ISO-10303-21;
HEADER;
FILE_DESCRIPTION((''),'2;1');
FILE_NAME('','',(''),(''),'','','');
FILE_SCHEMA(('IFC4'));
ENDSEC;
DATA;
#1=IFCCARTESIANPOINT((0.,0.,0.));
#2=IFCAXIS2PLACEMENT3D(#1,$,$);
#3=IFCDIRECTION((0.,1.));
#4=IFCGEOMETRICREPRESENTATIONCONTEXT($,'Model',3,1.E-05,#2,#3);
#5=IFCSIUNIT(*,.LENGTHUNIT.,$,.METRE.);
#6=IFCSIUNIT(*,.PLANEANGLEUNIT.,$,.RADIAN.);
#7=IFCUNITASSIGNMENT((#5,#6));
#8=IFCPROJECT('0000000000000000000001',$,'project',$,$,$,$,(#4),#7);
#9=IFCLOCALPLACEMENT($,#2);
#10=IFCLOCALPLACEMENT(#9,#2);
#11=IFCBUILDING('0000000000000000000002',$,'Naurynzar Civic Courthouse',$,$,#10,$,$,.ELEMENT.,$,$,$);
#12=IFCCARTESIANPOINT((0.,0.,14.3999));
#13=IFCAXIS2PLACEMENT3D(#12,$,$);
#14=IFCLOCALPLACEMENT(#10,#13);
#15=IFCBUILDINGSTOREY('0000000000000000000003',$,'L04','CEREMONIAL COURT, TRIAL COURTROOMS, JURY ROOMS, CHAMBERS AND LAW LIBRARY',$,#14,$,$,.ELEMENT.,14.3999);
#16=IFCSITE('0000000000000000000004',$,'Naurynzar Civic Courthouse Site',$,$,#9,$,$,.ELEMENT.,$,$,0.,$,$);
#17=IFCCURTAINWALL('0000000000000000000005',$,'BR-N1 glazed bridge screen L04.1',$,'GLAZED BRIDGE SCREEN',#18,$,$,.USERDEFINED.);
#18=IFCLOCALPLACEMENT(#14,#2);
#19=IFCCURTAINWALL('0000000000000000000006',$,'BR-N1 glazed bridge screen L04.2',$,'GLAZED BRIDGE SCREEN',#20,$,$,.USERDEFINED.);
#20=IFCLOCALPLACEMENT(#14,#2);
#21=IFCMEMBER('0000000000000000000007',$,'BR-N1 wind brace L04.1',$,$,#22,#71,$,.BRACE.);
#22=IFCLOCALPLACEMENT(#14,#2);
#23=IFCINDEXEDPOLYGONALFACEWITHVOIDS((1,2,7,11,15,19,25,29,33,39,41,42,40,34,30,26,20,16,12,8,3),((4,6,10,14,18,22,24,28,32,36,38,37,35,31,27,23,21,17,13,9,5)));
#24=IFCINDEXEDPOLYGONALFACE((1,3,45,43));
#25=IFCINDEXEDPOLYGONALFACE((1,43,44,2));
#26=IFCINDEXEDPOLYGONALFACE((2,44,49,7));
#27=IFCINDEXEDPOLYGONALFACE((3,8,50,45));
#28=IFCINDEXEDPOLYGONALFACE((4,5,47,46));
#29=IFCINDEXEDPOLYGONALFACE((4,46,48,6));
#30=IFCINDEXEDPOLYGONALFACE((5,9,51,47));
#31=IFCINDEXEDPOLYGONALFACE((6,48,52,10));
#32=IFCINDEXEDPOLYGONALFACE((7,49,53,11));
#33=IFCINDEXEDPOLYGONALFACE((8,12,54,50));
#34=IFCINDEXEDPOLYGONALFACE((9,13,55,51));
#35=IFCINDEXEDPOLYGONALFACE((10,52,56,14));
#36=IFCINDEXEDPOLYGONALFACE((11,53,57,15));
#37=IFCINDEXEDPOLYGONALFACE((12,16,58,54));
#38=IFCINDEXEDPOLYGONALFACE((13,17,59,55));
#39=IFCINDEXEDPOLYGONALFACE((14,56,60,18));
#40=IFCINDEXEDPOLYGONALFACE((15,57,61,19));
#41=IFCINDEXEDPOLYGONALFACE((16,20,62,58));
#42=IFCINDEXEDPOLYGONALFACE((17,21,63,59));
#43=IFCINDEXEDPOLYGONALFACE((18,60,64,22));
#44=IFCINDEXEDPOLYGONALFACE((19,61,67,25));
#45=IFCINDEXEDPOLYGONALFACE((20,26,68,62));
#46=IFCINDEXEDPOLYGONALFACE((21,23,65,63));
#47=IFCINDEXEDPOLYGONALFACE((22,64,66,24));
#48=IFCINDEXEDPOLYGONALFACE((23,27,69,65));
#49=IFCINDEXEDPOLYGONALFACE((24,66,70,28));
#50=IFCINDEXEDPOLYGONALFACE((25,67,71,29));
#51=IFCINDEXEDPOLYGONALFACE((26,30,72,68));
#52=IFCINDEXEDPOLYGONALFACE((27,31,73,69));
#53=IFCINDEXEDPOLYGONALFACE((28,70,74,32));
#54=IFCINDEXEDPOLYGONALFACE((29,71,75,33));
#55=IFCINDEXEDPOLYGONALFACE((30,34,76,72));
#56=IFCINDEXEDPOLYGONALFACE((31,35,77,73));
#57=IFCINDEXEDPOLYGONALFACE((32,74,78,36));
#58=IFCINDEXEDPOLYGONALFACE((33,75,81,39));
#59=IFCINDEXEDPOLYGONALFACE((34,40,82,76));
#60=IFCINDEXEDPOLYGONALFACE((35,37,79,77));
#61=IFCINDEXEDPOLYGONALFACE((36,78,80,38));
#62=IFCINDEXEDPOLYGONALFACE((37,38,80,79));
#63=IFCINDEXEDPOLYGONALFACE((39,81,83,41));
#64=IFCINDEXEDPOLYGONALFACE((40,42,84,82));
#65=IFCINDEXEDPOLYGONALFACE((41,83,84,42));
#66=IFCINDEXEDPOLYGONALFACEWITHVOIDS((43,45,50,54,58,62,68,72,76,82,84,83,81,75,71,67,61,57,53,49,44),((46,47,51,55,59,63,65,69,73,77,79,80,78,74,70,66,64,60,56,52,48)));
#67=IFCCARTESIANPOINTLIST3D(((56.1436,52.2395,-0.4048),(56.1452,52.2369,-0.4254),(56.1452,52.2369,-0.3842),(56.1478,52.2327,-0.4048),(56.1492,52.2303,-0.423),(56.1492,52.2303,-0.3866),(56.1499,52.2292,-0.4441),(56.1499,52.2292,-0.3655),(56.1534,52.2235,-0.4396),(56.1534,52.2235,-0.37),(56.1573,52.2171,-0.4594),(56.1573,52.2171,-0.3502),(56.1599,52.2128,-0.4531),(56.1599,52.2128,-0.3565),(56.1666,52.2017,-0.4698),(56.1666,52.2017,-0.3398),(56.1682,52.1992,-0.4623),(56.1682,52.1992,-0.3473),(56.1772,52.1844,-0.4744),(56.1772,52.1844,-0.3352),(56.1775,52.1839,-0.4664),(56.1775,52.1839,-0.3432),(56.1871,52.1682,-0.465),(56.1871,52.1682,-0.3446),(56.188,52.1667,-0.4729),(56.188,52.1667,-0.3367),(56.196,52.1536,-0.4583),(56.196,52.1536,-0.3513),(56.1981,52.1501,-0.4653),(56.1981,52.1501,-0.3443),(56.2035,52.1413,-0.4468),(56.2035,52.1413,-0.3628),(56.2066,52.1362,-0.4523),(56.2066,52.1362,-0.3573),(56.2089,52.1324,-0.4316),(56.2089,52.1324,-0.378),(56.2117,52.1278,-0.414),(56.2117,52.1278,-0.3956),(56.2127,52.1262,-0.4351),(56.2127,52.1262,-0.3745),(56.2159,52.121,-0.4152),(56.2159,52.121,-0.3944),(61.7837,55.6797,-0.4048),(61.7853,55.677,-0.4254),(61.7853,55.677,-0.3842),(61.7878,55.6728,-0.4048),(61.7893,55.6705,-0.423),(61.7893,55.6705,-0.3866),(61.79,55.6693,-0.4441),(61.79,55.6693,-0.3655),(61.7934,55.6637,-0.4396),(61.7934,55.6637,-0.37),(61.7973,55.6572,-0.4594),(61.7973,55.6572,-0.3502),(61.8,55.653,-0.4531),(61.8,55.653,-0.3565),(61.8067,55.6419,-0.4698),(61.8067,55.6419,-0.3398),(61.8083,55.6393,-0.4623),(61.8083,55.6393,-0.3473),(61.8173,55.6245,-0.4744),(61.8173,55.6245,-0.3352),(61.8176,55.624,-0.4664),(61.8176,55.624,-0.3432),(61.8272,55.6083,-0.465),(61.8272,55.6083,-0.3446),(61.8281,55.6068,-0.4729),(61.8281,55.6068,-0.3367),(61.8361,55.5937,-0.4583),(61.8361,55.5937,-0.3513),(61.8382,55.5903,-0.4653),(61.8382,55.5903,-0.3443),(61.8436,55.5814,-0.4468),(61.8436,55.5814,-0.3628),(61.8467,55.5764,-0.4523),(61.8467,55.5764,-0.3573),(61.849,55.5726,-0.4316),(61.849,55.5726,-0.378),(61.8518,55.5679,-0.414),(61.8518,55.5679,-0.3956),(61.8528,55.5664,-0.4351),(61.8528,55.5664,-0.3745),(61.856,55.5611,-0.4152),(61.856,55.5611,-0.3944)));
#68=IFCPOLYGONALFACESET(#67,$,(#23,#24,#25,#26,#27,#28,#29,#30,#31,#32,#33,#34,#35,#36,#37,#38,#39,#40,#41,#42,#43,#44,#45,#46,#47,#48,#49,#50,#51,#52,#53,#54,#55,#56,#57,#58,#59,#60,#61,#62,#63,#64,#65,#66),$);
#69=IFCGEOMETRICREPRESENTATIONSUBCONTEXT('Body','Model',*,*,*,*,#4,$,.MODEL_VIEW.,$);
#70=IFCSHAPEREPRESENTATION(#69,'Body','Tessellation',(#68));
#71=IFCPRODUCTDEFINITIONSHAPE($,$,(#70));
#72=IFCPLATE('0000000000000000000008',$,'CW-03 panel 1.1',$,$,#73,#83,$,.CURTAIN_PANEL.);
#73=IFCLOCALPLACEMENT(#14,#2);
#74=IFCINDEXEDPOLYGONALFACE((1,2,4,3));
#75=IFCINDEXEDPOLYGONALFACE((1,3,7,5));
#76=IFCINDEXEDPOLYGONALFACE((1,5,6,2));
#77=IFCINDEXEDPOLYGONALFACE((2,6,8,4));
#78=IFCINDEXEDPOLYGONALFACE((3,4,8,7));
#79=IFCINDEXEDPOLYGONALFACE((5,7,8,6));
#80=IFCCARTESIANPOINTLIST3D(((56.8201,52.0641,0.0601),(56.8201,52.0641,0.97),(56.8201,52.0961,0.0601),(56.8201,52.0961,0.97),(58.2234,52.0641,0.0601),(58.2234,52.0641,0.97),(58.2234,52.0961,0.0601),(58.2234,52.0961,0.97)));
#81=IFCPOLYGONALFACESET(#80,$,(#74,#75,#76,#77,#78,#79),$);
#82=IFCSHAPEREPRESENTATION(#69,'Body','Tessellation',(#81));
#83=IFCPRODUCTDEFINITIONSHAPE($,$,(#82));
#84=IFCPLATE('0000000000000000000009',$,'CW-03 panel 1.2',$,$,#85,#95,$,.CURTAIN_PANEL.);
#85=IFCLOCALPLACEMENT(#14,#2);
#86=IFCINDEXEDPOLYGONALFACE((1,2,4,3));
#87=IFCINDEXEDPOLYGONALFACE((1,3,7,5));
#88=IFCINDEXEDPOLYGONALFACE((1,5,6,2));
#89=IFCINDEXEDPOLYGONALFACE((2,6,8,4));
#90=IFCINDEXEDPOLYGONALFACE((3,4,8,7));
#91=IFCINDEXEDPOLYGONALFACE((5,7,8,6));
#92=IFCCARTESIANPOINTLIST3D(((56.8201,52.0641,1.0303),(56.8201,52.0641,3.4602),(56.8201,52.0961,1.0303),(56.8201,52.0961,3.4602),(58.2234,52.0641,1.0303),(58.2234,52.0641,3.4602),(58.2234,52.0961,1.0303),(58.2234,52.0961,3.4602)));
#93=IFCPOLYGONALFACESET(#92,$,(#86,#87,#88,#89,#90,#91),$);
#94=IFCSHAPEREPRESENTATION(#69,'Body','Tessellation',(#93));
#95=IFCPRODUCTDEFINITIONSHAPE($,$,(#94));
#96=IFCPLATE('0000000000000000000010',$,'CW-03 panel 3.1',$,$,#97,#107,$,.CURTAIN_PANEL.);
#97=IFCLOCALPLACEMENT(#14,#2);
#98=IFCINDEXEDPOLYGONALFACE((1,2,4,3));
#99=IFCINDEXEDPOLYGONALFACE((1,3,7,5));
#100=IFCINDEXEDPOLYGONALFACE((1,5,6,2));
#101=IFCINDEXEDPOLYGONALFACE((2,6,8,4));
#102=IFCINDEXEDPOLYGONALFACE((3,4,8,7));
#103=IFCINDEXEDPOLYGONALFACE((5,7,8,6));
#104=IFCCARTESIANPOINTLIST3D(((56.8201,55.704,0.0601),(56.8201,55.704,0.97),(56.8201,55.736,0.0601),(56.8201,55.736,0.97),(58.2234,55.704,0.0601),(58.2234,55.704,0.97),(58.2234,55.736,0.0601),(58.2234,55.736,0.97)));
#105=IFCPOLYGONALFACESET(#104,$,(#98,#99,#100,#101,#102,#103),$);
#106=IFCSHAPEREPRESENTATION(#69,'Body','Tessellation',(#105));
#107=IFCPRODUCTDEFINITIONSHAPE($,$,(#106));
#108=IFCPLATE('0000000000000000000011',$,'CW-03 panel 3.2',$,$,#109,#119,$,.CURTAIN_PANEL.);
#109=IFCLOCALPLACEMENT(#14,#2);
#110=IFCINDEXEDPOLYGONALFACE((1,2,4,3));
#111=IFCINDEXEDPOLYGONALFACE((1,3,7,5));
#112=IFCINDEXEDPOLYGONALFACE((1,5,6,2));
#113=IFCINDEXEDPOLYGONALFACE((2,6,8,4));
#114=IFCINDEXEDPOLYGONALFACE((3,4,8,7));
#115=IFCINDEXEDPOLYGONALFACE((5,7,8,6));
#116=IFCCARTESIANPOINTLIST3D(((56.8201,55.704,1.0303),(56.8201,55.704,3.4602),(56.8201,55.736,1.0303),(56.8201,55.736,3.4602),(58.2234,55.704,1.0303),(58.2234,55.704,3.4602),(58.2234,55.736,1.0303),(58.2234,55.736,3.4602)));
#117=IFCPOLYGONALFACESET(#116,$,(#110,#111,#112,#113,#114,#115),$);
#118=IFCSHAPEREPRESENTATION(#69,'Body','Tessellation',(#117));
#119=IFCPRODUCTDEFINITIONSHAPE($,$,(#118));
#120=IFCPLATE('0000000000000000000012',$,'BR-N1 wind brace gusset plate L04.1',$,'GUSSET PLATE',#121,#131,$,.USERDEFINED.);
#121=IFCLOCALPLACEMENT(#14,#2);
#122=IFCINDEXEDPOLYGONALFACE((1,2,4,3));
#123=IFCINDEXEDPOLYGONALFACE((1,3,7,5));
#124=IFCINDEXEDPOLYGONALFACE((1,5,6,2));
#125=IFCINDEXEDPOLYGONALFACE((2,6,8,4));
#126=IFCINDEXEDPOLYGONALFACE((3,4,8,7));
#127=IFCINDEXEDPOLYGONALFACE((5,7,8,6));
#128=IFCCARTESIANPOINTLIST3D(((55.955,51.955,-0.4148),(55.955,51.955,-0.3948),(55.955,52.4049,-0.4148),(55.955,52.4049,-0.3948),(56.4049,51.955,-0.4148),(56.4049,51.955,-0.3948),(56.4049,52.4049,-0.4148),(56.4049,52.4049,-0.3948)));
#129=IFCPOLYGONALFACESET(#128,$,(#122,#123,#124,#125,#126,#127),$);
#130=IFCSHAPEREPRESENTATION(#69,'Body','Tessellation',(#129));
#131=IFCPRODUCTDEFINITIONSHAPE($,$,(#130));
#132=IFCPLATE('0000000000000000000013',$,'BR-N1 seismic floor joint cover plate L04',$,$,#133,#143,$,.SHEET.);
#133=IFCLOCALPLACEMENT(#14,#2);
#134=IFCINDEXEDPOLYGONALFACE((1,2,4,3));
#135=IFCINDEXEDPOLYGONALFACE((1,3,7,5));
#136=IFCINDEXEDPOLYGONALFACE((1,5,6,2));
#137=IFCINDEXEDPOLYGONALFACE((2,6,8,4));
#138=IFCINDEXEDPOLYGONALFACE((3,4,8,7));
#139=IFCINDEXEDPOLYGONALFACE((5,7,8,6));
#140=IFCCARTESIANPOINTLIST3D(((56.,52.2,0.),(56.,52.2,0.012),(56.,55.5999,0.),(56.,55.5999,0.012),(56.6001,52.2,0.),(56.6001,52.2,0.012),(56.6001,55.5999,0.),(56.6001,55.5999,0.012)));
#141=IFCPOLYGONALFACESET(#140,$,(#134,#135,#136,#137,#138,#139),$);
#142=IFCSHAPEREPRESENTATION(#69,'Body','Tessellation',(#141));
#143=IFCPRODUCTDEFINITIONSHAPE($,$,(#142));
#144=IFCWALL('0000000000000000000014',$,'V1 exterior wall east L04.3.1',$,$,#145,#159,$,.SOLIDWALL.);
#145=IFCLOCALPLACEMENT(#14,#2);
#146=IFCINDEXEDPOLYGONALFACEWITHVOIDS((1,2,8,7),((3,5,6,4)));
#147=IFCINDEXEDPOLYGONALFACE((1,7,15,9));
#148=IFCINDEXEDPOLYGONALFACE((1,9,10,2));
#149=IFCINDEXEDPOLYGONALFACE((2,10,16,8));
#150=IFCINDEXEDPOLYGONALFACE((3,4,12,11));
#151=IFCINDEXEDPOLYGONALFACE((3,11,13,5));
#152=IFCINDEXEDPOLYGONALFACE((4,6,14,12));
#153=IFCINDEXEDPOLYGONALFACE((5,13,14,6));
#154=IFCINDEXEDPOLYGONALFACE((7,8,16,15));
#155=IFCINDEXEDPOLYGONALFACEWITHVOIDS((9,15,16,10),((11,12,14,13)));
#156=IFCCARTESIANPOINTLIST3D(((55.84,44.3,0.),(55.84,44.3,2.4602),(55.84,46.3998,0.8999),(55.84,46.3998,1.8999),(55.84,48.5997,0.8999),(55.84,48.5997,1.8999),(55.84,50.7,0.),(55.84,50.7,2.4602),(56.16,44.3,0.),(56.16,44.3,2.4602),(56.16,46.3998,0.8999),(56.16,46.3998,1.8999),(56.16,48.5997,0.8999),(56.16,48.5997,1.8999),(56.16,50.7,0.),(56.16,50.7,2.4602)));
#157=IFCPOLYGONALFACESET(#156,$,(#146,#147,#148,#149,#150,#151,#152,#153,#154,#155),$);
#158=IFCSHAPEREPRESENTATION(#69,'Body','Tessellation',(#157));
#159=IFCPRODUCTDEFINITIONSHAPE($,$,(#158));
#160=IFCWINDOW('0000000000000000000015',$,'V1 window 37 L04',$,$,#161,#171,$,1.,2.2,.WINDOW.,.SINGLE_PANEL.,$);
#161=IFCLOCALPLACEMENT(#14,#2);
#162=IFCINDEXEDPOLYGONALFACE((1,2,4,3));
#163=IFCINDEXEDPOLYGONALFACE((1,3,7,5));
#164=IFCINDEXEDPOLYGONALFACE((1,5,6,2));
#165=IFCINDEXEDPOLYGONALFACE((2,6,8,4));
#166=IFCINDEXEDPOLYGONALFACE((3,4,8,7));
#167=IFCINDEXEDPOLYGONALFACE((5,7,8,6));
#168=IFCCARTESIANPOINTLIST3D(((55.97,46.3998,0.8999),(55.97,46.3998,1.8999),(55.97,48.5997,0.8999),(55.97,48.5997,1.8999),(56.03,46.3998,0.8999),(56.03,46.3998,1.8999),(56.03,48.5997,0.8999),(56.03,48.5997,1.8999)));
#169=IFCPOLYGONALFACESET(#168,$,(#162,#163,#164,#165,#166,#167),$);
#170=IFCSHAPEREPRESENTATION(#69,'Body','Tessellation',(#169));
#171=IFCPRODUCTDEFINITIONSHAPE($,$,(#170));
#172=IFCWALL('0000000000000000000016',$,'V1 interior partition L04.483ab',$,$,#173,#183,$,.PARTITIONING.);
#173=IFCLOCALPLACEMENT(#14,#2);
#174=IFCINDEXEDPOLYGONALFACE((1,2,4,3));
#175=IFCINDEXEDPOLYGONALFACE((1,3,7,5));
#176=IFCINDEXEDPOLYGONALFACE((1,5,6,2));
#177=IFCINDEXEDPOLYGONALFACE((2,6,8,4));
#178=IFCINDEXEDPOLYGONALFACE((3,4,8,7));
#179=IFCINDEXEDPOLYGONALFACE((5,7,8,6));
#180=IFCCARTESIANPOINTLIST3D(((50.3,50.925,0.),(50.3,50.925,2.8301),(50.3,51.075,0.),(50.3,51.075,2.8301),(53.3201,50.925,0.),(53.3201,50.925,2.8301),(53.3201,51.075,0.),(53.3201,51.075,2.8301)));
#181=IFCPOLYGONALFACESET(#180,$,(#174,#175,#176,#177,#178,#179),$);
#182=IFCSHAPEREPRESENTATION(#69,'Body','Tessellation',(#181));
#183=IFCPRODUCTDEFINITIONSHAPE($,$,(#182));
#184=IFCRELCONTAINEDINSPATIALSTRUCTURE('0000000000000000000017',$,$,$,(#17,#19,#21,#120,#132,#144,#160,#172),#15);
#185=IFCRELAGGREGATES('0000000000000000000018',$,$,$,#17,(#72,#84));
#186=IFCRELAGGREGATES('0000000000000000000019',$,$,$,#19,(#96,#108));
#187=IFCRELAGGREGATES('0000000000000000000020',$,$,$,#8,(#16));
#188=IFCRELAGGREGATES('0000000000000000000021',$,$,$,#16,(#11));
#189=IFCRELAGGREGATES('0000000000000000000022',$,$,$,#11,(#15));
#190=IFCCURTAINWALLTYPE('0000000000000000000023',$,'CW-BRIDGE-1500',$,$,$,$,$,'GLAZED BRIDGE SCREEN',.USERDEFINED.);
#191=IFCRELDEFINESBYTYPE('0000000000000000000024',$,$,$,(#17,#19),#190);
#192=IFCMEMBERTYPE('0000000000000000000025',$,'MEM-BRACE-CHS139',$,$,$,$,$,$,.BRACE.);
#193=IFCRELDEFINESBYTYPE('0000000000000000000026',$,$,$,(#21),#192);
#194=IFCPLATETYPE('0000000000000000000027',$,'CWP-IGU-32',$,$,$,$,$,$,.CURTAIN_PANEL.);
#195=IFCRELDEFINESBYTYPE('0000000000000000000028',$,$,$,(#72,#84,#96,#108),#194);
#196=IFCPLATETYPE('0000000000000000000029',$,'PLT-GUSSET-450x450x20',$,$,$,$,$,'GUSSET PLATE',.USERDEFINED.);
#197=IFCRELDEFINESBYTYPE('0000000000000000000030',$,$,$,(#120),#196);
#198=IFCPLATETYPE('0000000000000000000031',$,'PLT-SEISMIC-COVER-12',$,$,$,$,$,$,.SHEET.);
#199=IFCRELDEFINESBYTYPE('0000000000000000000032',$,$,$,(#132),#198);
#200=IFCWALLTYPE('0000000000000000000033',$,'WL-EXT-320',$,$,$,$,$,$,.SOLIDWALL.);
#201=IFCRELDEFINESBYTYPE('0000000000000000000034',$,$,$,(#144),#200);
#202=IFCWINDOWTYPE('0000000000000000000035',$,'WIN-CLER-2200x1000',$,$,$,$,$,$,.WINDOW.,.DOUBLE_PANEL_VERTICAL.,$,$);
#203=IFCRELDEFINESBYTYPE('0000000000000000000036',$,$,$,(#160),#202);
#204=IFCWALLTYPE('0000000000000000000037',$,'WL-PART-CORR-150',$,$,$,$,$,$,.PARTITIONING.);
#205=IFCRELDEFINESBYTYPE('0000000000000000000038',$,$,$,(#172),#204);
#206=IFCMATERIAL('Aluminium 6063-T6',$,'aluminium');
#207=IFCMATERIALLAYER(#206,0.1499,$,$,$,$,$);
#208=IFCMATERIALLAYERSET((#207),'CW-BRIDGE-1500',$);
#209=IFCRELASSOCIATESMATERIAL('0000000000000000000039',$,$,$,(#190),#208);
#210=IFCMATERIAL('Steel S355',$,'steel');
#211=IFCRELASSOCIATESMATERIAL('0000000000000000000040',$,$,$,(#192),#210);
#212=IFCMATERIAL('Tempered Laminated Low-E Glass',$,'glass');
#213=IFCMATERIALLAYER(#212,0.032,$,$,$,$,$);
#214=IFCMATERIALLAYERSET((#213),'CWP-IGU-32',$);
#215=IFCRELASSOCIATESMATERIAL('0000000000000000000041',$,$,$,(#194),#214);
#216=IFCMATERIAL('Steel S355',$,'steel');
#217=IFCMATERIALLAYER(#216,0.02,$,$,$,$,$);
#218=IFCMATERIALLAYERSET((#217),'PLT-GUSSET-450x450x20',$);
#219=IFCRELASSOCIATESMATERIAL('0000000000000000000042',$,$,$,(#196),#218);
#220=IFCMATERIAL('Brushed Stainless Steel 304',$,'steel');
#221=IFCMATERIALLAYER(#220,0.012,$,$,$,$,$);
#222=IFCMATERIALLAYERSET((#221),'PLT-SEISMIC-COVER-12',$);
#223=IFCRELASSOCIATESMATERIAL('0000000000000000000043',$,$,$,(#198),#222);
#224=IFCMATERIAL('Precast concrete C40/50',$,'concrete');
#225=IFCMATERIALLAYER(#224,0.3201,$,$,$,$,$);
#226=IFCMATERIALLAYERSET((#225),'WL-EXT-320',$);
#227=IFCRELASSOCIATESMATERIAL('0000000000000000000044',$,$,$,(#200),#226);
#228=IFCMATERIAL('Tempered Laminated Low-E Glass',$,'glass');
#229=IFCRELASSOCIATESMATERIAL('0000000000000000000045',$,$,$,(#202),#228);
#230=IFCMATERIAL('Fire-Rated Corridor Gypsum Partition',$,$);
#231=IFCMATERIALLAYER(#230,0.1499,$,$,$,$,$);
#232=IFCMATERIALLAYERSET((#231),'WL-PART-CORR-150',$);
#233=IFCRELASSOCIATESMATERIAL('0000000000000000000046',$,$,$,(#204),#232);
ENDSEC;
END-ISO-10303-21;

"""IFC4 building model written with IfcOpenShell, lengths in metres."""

from ifc_helpers import new_model, si_unit, direction, frame, frame_2d, origin, origin_2d, place, context, subcontext, project, spatial, rectangle, hollow_circle, extrude, material, layer, layer_set, material_profile, profile_set, type_object, element, fill, aggregate, save


model = new_model("IFC4")

# Units and contexts
model_context = context("Model", 3, precision=1e-05, world=origin(), true_north=direction((0.0, 1.0)))
body_context = subcontext(model_context, "Body", "Model", "MODEL_VIEW")
ifc_project = project(units=[si_unit("LENGTHUNIT", "METRE"), si_unit("PLANEANGLEUNIT", "RADIAN")], contexts=[model_context])

# Site, building, storey
site_placement = place(None, origin())
site = spatial("IfcSite", under=ifc_project, at=site_placement, Name="Naurynzar Civic Courthouse Site", CompositionType="ELEMENT", RefElevation=0.0)
building_placement = place(site_placement, origin())
building = spatial("IfcBuilding", under=site, at=building_placement, Name="Naurynzar Civic Courthouse", CompositionType="ELEMENT")
storey_placement = place(building_placement, frame((0.0, 0.0, 14.3999)))
storey = spatial("IfcBuildingStorey", under=building, at=storey_placement, Name="L04", Description="CEREMONIAL COURT, TRIAL COURTROOMS, JURY ROOMS, CHAMBERS AND LAW LIBRARY", CompositionType="ELEMENT", Elevation=14.3999)

# Curtain walls
ifc_material_1 = material(Name="Aluminium 6063-T6", Category="aluminium")
ifc_layer_1 = layer(ifc_material_1, 0.1499)
ifc_layer_set_1 = layer_set([ifc_layer_1], Name="CW-BRIDGE-1500")
curtain_wall_type = type_object("IfcCurtainWallType", Name="CW-BRIDGE-1500", ElementType="GLAZED BRIDGE SCREEN", PredefinedType="USERDEFINED", material=ifc_layer_set_1)
curtain_wall_1_placement = place(storey_placement, origin())
curtain_wall_1 = element("IfcCurtainWall", 1, at=curtain_wall_1_placement, inside=storey, type_object=curtain_wall_type, Name="BR-N1 glazed bridge screen L04.1", ObjectType="GLAZED BRIDGE SCREEN", PredefinedType="USERDEFINED")
curtain_wall_2_placement = place(storey_placement, origin())
curtain_wall_2 = element("IfcCurtainWall", 2, at=curtain_wall_2_placement, inside=storey, type_object=curtain_wall_type, Name="BR-N1 glazed bridge screen L04.2", ObjectType="GLAZED BRIDGE SCREEN", PredefinedType="USERDEFINED")

# Member
ifc_material_2 = material(Name="Steel S355", Category="steel")
ifc_material_profile_1 = material_profile(ifc_material_2, hollow_circle(Radius=0.0698, WallThickness=0.0081, at=origin_2d()), Name="CHS 139.7x8")
ifc_profile_set_1 = profile_set([ifc_material_profile_1], Name="Steel S355")
member_type_1 = type_object("IfcMemberType", Name="MEM-BRACE-CHS139", PredefinedType="BRACE", material=ifc_profile_set_1)
member_1_placement = place(storey_placement, frame((56.1799, 52.1799, -0.4048), z_axis=(0.853724, 0.520726, 0.0), x_axis=(-0.520726, 0.853724, 0.0)))
element("IfcMember", 3, at=member_1_placement, inside=storey, type_object=member_type_1, Name="BR-N1 wind brace L04.1", PredefinedType="BRACE", context=body_context, shape_type="SweptSolid", body=[
    extrude(hollow_circle(Radius=0.0698, WallThickness=0.0081, at=origin_2d()), origin(), (0.0, 0.0, 1.0), 6.6064),
])

# Plates
ifc_material_3 = material(Name="Tempered Laminated Low-E Glass", Category="glass")
ifc_layer_2 = layer(ifc_material_3, 0.032)
ifc_layer_set_2 = layer_set([ifc_layer_2], Name="CWP-IGU-32")
plate_type_1 = type_object("IfcPlateType", Name="CWP-IGU-32", PredefinedType="CURTAIN_PANEL", material=ifc_layer_set_2)
plate_1_placement = place(storey_placement, frame((57.5217, 52.0801, 0.0601), z_axis=(0.0, 0.0, 1.0), x_axis=(1.0, 0.0, 0.0)))
plate_1 = element("IfcPlate", 4, at=plate_1_placement, type_object=plate_type_1, Name="CW-03 panel 1.1", PredefinedType="CURTAIN_PANEL", context=body_context, shape_type="SweptSolid", body=[
    extrude(rectangle(XDim=1.4033, YDim=0.032, at=origin_2d()), origin(), (0.0, 0.0, 1.0), 0.9099),
])
plate_2_placement = place(storey_placement, frame((57.5217, 52.0801, 1.0303), z_axis=(0.0, 0.0, 1.0), x_axis=(1.0, 0.0, 0.0)))
plate_2 = element("IfcPlate", 5, at=plate_2_placement, type_object=plate_type_1, Name="CW-03 panel 1.2", PredefinedType="CURTAIN_PANEL", context=body_context, shape_type="SweptSolid", body=[
    extrude(rectangle(XDim=1.4033, YDim=0.032, at=origin_2d()), origin(), (0.0, 0.0, 1.0), 2.4299),
])
aggregate(curtain_wall_1, [plate_1, plate_2])
plate_3_placement = place(storey_placement, frame((57.5217, 55.72, 0.0601), z_axis=(0.0, 0.0, 1.0), x_axis=(-1.0, 0.0, 0.0)))
plate_3 = element("IfcPlate", 6, at=plate_3_placement, type_object=plate_type_1, Name="CW-03 panel 3.1", PredefinedType="CURTAIN_PANEL", context=body_context, shape_type="SweptSolid", body=[
    extrude(rectangle(XDim=1.4033, YDim=0.032, at=origin_2d()), origin(), (0.0, 0.0, 1.0), 0.9099),
])
plate_4_placement = place(storey_placement, frame((57.5217, 55.72, 1.0303), z_axis=(0.0, 0.0, 1.0), x_axis=(-1.0, 0.0, 0.0)))
plate_4 = element("IfcPlate", 7, at=plate_4_placement, type_object=plate_type_1, Name="CW-03 panel 3.2", PredefinedType="CURTAIN_PANEL", context=body_context, shape_type="SweptSolid", body=[
    extrude(rectangle(XDim=1.4033, YDim=0.032, at=origin_2d()), origin(), (0.0, 0.0, 1.0), 2.4299),
])
aggregate(curtain_wall_2, [plate_3, plate_4])

# Plates
ifc_material_4 = material(Name="Steel S355", Category="steel")
ifc_layer_3 = layer(ifc_material_4, 0.02)
ifc_layer_set_3 = layer_set([ifc_layer_3], Name="PLT-GUSSET-450x450x20")
plate_type_2 = type_object("IfcPlateType", Name="PLT-GUSSET-450x450x20", ElementType="GUSSET PLATE", PredefinedType="USERDEFINED", material=ifc_layer_set_3)
plate_5_placement = place(storey_placement, frame((56.1799, 52.1799, -0.4148), z_axis=(0.0, 0.0, 1.0), x_axis=(1.0, 0.0, 0.0)))
element("IfcPlate", 8, at=plate_5_placement, inside=storey, type_object=plate_type_2, Name="BR-N1 wind brace gusset plate L04.1", ObjectType="GUSSET PLATE", PredefinedType="USERDEFINED", context=body_context, shape_type="SweptSolid", body=[
    extrude(rectangle(XDim=0.45, YDim=0.45, at=origin_2d()), origin(), (0.0, 0.0, 1.0), 0.02),
])
ifc_material_5 = material(Name="Brushed Stainless Steel 304", Category="steel")
ifc_layer_4 = layer(ifc_material_5, 0.012)
ifc_layer_set_4 = layer_set([ifc_layer_4], Name="PLT-SEISMIC-COVER-12")
plate_type_3 = type_object("IfcPlateType", Name="PLT-SEISMIC-COVER-12", PredefinedType="SHEET", material=ifc_layer_set_4)
plate_6_placement = place(storey_placement, frame((56.3, 53.8999, 0.0), z_axis=(0.0, 0.0, 1.0), x_axis=(1.0, 0.0, 0.0)))
element("IfcPlate", 9, at=plate_6_placement, inside=storey, type_object=plate_type_3, Name="BR-N1 seismic floor joint cover plate L04", PredefinedType="SHEET", context=body_context, shape_type="SweptSolid", body=[
    extrude(rectangle(XDim=0.6001, YDim=3.3999, at=origin_2d()), origin(), (0.0, 0.0, 1.0), 0.012),
])

# Wall, opening, window
ifc_material_6 = material(Name="Precast concrete C40/50", Category="concrete")
ifc_layer_5 = layer(ifc_material_6, 0.3201)
ifc_layer_set_5 = layer_set([ifc_layer_5], Name="WL-EXT-320")
wall_type_1 = type_object("IfcWallType", Name="WL-EXT-320", PredefinedType="SOLIDWALL", material=ifc_layer_set_5)
wall_1_placement = place(storey_placement, frame((56.0, 50.7, 0.0), z_axis=(0.0, 0.0, 1.0), x_axis=(0.0, -1.0, 0.0)))
wall_1 = element("IfcWall", 10, at=wall_1_placement, inside=storey, type_object=wall_type_1, Name="V1 exterior wall east L04.3.1", PredefinedType="SOLIDWALL", context=body_context, shape_type="SweptSolid", body=[
    extrude(rectangle(XDim=6.3999, YDim=0.3201, at=frame_2d((3.2, 0.0))), origin(), (0.0, 0.0, 1.0), 2.4602),
])
opening_placement = place(wall_1_placement, frame((2.1001, 0.0, 0.8999)))
opening = element("IfcOpeningElement", 11, at=opening_placement, cuts=wall_1, PredefinedType="OPENING", context=body_context, shape_type="SweptSolid", body=[
    extrude(rectangle(XDim=2.2, YDim=1.0, at=frame_2d((1.1001, 0.5))), frame((0.0, 0.1699, 0.0), z_axis=(0.0, -1.0, 0.0), x_axis=(1.0, 0.0, 0.0)), (0.0, 0.0, 1.0), 0.3401),
])
ifc_material_7 = material(Name="Tempered Laminated Low-E Glass", Category="glass")
window_type = type_object("IfcWindowType", Name="WIN-CLER-2200x1000", PartitioningType="DOUBLE_PANEL_VERTICAL", PredefinedType="WINDOW", material=ifc_material_7)
window_placement = place(opening_placement, origin())
window = element("IfcWindow", 12, at=window_placement, inside=storey, type_object=window_type, Name="V1 window 37 L04", OverallHeight=1.0, OverallWidth=2.2, PartitioningType="SINGLE_PANEL", PredefinedType="WINDOW", context=body_context, shape_type="SweptSolid", body=[
    extrude(rectangle(XDim=2.2, YDim=1.0, at=frame_2d((1.1001, 0.5))), frame((0.0, 0.03, 0.0), z_axis=(0.0, -1.0, 0.0), x_axis=(1.0, 0.0, 0.0)), (0.0, 0.0, 1.0), 0.0601),
])
fill(opening, window)

# Wall
ifc_material_8 = material(Name="Fire-Rated Corridor Gypsum Partition")
ifc_layer_6 = layer(ifc_material_8, 0.1499)
ifc_layer_set_6 = layer_set([ifc_layer_6], Name="WL-PART-CORR-150")
wall_type_2 = type_object("IfcWallType", Name="WL-PART-CORR-150", PredefinedType="PARTITIONING", material=ifc_layer_set_6)
wall_2_placement = place(storey_placement, frame((50.3, 51.0, 0.0), z_axis=(0.0, 0.0, 1.0), x_axis=(1.0, 0.0, 0.0)))
element("IfcWall", 13, at=wall_2_placement, inside=storey, type_object=wall_type_2, Name="V1 interior partition L04.483ab", PredefinedType="PARTITIONING", context=body_context, shape_type="SweptSolid", body=[
    extrude(rectangle(XDim=3.02, YDim=0.1499, at=frame_2d((1.51, 0.0))), origin(), (0.0, 0.0, 1.0), 2.8301),
])

save(model, "model.ifc")
